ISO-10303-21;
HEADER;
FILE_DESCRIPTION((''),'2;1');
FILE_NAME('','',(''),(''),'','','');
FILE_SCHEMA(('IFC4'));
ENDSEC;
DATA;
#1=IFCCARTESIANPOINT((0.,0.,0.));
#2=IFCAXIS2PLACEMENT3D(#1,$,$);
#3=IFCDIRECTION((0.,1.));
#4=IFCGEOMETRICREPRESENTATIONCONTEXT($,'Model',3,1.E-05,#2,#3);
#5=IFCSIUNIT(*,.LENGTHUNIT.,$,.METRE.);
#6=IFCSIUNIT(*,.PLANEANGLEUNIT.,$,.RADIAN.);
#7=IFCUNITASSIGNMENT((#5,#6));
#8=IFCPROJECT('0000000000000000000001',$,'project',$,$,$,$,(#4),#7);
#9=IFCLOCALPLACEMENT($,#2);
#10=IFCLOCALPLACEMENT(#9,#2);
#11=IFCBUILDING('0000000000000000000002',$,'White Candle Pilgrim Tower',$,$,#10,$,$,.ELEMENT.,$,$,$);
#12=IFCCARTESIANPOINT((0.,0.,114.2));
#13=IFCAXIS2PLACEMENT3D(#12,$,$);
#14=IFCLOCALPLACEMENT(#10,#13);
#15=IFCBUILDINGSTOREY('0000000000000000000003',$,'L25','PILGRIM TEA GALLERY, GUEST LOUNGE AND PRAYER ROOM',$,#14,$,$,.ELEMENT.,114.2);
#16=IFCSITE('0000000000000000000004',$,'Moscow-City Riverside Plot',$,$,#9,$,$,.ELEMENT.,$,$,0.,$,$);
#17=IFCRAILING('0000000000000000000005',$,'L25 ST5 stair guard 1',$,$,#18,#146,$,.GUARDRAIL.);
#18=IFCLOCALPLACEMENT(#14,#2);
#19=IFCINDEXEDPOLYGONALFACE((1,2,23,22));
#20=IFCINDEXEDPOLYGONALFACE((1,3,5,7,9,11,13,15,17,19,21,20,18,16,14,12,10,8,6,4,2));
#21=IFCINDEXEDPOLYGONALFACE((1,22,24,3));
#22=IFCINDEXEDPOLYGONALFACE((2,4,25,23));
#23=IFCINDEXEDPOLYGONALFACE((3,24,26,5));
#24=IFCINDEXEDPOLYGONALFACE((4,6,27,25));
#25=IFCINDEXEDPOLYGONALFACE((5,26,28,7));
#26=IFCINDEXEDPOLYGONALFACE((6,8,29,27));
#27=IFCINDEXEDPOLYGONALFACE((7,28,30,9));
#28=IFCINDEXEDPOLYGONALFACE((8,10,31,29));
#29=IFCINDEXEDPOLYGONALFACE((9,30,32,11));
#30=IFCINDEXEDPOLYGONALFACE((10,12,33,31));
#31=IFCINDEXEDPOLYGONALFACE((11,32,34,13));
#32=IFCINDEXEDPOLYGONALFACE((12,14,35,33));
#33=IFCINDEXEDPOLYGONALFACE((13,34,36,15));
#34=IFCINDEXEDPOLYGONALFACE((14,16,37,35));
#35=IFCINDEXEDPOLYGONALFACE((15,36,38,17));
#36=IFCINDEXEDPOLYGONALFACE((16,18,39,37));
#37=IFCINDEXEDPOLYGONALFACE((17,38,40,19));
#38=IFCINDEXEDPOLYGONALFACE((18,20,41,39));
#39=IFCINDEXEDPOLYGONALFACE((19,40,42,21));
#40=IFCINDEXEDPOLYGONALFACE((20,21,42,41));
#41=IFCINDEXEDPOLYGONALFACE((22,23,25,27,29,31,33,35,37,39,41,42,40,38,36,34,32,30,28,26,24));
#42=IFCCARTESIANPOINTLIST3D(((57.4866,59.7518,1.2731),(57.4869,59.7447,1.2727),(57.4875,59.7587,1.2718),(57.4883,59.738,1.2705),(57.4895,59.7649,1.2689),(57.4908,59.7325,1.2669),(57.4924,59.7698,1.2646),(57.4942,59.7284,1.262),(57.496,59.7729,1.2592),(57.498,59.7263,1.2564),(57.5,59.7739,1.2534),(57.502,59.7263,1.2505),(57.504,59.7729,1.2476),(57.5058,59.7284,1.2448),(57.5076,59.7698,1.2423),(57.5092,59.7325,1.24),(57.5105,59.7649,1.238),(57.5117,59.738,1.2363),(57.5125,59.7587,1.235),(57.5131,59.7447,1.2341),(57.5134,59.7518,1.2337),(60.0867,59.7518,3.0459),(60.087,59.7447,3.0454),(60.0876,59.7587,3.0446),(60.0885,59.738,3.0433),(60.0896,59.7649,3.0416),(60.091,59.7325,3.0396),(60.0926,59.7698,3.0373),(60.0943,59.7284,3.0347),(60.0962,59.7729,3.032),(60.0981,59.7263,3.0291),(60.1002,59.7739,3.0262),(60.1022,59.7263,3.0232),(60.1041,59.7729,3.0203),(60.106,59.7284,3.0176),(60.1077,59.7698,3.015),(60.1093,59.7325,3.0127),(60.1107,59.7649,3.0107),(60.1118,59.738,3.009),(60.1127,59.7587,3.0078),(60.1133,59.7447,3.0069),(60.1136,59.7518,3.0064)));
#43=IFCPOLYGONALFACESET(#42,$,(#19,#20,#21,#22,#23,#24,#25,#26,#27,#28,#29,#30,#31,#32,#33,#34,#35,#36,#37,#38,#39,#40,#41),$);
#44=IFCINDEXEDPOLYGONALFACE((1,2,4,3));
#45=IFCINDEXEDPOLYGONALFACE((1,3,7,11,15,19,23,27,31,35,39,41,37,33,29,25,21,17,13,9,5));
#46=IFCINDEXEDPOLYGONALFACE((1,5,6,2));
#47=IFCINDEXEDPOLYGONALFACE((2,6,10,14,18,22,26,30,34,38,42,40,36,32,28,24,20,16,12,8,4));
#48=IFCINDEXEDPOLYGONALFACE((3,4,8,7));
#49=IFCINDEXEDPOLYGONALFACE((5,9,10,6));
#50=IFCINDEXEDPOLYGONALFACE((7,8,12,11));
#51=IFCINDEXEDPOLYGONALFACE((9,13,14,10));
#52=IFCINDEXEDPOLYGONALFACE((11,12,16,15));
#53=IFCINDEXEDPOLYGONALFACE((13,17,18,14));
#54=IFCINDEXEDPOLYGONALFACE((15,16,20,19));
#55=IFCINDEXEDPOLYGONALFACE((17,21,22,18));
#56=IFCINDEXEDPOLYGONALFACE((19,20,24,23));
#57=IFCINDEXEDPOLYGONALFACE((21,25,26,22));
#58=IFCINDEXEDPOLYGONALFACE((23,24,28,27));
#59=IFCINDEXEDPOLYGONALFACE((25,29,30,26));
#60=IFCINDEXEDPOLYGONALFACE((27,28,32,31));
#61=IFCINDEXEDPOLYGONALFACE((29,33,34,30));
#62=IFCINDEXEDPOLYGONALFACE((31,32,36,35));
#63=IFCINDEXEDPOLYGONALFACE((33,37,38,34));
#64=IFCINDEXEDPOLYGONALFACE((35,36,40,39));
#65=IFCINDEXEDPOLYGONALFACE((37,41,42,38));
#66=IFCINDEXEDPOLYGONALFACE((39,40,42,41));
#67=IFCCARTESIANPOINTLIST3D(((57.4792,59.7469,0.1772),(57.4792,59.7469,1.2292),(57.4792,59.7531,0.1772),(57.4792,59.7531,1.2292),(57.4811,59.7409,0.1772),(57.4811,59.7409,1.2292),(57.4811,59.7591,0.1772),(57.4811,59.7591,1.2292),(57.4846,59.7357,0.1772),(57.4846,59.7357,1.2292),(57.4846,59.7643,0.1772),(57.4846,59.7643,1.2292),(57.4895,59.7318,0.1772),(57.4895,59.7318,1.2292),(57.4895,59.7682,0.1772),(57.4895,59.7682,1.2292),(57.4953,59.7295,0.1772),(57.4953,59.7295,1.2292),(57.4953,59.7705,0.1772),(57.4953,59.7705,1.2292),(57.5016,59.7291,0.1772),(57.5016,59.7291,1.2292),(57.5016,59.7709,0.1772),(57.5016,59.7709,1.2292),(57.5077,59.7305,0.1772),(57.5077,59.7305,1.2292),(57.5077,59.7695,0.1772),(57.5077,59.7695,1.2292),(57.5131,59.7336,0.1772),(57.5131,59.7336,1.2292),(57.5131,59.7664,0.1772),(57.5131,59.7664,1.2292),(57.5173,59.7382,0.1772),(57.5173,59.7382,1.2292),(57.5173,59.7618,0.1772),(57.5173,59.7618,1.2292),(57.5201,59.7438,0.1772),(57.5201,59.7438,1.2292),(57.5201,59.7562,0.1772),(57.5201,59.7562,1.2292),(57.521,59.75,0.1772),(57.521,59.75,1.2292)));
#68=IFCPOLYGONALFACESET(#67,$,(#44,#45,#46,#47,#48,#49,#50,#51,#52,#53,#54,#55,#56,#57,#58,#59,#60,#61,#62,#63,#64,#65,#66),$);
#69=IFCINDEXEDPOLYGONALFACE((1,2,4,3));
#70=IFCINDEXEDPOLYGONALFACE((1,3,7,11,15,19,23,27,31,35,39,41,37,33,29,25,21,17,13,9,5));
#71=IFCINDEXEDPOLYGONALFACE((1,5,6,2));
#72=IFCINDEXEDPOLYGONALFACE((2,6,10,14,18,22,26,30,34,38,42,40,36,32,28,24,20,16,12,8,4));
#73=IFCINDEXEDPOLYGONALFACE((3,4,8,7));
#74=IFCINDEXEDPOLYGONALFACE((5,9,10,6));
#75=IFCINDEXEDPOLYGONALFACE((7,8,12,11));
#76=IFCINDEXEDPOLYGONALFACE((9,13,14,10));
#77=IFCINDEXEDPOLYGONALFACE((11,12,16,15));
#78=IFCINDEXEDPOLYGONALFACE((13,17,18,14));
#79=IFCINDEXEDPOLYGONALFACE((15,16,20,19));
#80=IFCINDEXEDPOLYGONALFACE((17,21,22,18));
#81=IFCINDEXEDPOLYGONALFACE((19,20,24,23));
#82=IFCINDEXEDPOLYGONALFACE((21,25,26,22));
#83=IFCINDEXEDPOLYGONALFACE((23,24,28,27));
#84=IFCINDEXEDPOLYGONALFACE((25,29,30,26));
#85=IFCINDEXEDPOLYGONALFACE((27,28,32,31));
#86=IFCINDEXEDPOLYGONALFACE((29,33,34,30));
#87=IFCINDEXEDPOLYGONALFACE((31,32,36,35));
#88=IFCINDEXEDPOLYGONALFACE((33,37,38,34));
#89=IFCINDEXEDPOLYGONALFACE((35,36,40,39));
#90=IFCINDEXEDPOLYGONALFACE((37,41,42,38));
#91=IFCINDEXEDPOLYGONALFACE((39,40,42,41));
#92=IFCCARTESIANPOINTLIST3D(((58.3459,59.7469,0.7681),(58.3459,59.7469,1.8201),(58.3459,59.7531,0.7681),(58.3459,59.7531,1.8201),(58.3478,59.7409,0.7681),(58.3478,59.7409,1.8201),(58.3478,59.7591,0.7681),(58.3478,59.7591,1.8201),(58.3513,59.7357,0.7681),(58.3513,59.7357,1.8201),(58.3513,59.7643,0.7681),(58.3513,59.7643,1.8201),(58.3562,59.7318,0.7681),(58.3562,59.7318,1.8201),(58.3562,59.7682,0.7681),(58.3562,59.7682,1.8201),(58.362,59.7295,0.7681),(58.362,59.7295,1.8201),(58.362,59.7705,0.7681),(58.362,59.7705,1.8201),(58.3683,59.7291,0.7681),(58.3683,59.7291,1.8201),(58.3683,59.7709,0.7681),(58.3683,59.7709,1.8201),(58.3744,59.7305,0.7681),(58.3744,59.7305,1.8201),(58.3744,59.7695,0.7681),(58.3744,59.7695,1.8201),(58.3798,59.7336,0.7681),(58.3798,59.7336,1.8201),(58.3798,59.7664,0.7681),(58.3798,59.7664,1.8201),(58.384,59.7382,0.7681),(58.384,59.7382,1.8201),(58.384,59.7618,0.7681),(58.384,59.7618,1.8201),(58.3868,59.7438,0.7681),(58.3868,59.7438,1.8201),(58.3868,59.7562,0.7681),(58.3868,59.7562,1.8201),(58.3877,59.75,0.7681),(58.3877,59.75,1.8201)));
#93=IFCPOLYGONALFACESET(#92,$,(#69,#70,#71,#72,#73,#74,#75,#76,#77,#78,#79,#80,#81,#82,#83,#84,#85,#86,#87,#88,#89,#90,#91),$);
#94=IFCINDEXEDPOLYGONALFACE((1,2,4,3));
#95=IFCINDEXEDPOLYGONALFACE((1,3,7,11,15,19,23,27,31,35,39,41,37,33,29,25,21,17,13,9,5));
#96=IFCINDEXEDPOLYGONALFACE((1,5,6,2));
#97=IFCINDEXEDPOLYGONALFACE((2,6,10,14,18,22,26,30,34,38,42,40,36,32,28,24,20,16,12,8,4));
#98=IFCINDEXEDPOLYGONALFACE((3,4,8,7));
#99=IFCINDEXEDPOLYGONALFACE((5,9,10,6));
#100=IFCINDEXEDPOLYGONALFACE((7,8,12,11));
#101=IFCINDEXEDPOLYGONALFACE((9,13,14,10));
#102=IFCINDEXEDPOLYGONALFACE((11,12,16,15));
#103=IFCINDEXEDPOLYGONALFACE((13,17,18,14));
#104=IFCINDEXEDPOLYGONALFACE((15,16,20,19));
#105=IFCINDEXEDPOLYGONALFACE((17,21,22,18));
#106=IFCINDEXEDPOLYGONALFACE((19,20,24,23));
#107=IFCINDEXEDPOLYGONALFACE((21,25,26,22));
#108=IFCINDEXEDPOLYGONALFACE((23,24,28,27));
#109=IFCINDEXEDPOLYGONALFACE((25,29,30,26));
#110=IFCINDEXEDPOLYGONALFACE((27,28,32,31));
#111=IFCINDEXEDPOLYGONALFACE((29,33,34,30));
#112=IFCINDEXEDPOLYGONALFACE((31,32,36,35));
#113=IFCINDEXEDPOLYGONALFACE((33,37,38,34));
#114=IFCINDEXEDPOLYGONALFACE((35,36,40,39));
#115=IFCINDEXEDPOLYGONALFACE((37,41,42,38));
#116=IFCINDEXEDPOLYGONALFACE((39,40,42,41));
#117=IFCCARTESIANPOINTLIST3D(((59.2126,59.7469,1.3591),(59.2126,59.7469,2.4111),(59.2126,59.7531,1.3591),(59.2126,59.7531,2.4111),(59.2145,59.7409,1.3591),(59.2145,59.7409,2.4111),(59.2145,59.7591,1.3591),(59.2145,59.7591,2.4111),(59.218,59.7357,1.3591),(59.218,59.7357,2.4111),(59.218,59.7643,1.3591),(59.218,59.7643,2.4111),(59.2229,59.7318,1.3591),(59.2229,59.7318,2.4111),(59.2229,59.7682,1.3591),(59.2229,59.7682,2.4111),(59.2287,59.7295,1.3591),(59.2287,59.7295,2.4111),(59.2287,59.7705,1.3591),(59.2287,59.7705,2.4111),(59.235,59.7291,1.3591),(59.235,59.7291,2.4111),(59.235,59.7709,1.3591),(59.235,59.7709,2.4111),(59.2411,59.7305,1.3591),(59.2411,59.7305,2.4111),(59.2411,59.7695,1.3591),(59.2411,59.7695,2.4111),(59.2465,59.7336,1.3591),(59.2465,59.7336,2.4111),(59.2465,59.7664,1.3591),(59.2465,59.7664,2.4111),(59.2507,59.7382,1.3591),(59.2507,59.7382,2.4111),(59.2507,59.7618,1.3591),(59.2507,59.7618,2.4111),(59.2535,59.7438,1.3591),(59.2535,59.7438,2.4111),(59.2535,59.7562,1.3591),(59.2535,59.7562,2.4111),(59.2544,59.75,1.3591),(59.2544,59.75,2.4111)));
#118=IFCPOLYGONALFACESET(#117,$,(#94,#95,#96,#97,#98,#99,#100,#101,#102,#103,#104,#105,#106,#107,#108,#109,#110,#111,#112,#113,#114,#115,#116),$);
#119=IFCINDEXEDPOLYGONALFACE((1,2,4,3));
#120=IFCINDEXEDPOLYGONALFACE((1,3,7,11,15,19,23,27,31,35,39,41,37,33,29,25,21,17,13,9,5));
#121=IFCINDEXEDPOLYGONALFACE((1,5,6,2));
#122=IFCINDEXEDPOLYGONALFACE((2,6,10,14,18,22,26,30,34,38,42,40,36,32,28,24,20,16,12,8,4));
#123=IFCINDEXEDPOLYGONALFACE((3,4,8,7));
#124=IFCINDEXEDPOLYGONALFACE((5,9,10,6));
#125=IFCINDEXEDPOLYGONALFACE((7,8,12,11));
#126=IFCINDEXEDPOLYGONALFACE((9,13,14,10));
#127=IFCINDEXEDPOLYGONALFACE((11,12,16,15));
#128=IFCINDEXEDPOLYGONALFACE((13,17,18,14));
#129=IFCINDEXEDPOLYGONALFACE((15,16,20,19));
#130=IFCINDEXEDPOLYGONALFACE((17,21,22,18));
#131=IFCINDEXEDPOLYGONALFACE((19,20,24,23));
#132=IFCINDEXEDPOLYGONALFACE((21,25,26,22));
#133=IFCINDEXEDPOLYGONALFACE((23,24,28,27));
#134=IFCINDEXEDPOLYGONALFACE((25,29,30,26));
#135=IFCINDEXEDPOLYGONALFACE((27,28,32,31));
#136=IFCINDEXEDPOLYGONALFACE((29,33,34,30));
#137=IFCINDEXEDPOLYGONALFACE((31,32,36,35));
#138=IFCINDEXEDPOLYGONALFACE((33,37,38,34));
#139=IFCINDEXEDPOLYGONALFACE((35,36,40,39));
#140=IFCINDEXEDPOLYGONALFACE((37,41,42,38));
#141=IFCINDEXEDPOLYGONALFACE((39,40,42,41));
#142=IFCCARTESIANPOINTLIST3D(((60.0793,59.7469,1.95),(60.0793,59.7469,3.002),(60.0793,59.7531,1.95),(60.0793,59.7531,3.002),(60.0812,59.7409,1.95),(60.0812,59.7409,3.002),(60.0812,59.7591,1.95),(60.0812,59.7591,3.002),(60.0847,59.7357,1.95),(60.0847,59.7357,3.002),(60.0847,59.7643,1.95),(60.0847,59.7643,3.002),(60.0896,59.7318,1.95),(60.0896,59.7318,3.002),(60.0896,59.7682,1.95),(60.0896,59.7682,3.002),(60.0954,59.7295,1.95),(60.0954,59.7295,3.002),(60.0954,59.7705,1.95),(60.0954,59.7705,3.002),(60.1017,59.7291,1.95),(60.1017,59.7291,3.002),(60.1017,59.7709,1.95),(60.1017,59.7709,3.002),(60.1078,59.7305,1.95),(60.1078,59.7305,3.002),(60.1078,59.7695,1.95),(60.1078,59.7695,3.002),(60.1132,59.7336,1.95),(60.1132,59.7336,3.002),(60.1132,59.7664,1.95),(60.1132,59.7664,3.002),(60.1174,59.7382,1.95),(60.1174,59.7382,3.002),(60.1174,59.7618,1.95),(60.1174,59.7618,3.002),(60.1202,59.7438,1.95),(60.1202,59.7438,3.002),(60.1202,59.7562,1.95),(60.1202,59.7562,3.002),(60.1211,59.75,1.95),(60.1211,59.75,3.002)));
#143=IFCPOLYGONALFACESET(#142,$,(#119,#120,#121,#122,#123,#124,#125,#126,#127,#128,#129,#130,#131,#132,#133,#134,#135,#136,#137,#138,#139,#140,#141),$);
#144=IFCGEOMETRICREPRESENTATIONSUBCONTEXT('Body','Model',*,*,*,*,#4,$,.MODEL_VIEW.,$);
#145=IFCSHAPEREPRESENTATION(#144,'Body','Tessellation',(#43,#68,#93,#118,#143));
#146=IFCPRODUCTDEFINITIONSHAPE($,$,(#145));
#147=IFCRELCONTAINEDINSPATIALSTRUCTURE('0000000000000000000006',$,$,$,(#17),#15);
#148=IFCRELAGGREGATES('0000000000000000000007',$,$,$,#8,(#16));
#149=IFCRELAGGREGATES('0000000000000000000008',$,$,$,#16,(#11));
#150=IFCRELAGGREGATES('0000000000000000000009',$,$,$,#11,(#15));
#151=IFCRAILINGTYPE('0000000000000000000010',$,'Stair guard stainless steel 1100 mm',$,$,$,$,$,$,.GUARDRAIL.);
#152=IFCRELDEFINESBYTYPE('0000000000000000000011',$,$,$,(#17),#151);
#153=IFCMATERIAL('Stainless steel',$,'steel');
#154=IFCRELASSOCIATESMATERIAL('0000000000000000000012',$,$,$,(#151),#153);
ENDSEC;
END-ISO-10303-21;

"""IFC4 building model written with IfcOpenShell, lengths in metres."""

from ifc_helpers import new_model, si_unit, direction, frame, origin, origin_2d, place, context, subcontext, project, spatial, circle, extrude, material, type_object, element, save


model = new_model("IFC4")

# Units and contexts
model_context = context("Model", 3, precision=1e-05, world=origin(), true_north=direction((0.0, 1.0)))
body_context = subcontext(model_context, "Body", "Model", "MODEL_VIEW")
ifc_project = project(units=[si_unit("LENGTHUNIT", "METRE"), si_unit("PLANEANGLEUNIT", "RADIAN")], contexts=[model_context])

# Site, building, storey
site_placement = place(None, origin())
site = spatial("IfcSite", under=ifc_project, at=site_placement, Name="Moscow-City Riverside Plot", CompositionType="ELEMENT", RefElevation=0.0)
building_placement = place(site_placement, origin())
building = spatial("IfcBuilding", under=site, at=building_placement, Name="White Candle Pilgrim Tower", CompositionType="ELEMENT")
storey_placement = place(building_placement, frame((0.0, 0.0, 114.2)))
storey = spatial("IfcBuildingStorey", under=building, at=storey_placement, Name="L25", Description="PILGRIM TEA GALLERY, GUEST LOUNGE AND PRAYER ROOM", CompositionType="ELEMENT", Elevation=114.2)

# Railing
ifc_material_1 = material(Name="Stainless steel", Category="steel")
railing_type_1 = type_object("IfcRailingType", Name="Stair guard stainless steel 1100 mm", PredefinedType="GUARDRAIL", material=ifc_material_1)
railing_1_placement = place(storey_placement, frame((57.5, 59.75, 0.1772)))
element("IfcRailing", 1, at=railing_1_placement, inside=storey, type_object=railing_type_1, Name="L25 ST5 stair guard 1", PredefinedType="GUARDRAIL", context=body_context, shape_type="SweptSolid", body=[
    extrude(circle(Radius=0.0239, at=origin_2d()), frame((0.0, 0.0, 1.0762), z_axis=(0.82624, 0.0, 0.563318), x_axis=(0.0, 1.0, 0.0)), (0.0, 0.0, 1.0), 3.147),
    extrude(circle(Radius=0.021, at=origin_2d()), origin(), (0.0, 0.0, 1.0), 1.052),
    extrude(circle(Radius=0.021, at=origin_2d()), frame((0.8667, 0.0, 0.5908)), (0.0, 0.0, 1.0), 1.052),
    extrude(circle(Radius=0.021, at=origin_2d()), frame((1.7334, 0.0, 1.1819)), (0.0, 0.0, 1.0), 1.052),
    extrude(circle(Radius=0.021, at=origin_2d()), frame((2.6001, 0.0, 1.7727)), (0.0, 0.0, 1.0), 1.052),
])

save(model, "model.ifc")
